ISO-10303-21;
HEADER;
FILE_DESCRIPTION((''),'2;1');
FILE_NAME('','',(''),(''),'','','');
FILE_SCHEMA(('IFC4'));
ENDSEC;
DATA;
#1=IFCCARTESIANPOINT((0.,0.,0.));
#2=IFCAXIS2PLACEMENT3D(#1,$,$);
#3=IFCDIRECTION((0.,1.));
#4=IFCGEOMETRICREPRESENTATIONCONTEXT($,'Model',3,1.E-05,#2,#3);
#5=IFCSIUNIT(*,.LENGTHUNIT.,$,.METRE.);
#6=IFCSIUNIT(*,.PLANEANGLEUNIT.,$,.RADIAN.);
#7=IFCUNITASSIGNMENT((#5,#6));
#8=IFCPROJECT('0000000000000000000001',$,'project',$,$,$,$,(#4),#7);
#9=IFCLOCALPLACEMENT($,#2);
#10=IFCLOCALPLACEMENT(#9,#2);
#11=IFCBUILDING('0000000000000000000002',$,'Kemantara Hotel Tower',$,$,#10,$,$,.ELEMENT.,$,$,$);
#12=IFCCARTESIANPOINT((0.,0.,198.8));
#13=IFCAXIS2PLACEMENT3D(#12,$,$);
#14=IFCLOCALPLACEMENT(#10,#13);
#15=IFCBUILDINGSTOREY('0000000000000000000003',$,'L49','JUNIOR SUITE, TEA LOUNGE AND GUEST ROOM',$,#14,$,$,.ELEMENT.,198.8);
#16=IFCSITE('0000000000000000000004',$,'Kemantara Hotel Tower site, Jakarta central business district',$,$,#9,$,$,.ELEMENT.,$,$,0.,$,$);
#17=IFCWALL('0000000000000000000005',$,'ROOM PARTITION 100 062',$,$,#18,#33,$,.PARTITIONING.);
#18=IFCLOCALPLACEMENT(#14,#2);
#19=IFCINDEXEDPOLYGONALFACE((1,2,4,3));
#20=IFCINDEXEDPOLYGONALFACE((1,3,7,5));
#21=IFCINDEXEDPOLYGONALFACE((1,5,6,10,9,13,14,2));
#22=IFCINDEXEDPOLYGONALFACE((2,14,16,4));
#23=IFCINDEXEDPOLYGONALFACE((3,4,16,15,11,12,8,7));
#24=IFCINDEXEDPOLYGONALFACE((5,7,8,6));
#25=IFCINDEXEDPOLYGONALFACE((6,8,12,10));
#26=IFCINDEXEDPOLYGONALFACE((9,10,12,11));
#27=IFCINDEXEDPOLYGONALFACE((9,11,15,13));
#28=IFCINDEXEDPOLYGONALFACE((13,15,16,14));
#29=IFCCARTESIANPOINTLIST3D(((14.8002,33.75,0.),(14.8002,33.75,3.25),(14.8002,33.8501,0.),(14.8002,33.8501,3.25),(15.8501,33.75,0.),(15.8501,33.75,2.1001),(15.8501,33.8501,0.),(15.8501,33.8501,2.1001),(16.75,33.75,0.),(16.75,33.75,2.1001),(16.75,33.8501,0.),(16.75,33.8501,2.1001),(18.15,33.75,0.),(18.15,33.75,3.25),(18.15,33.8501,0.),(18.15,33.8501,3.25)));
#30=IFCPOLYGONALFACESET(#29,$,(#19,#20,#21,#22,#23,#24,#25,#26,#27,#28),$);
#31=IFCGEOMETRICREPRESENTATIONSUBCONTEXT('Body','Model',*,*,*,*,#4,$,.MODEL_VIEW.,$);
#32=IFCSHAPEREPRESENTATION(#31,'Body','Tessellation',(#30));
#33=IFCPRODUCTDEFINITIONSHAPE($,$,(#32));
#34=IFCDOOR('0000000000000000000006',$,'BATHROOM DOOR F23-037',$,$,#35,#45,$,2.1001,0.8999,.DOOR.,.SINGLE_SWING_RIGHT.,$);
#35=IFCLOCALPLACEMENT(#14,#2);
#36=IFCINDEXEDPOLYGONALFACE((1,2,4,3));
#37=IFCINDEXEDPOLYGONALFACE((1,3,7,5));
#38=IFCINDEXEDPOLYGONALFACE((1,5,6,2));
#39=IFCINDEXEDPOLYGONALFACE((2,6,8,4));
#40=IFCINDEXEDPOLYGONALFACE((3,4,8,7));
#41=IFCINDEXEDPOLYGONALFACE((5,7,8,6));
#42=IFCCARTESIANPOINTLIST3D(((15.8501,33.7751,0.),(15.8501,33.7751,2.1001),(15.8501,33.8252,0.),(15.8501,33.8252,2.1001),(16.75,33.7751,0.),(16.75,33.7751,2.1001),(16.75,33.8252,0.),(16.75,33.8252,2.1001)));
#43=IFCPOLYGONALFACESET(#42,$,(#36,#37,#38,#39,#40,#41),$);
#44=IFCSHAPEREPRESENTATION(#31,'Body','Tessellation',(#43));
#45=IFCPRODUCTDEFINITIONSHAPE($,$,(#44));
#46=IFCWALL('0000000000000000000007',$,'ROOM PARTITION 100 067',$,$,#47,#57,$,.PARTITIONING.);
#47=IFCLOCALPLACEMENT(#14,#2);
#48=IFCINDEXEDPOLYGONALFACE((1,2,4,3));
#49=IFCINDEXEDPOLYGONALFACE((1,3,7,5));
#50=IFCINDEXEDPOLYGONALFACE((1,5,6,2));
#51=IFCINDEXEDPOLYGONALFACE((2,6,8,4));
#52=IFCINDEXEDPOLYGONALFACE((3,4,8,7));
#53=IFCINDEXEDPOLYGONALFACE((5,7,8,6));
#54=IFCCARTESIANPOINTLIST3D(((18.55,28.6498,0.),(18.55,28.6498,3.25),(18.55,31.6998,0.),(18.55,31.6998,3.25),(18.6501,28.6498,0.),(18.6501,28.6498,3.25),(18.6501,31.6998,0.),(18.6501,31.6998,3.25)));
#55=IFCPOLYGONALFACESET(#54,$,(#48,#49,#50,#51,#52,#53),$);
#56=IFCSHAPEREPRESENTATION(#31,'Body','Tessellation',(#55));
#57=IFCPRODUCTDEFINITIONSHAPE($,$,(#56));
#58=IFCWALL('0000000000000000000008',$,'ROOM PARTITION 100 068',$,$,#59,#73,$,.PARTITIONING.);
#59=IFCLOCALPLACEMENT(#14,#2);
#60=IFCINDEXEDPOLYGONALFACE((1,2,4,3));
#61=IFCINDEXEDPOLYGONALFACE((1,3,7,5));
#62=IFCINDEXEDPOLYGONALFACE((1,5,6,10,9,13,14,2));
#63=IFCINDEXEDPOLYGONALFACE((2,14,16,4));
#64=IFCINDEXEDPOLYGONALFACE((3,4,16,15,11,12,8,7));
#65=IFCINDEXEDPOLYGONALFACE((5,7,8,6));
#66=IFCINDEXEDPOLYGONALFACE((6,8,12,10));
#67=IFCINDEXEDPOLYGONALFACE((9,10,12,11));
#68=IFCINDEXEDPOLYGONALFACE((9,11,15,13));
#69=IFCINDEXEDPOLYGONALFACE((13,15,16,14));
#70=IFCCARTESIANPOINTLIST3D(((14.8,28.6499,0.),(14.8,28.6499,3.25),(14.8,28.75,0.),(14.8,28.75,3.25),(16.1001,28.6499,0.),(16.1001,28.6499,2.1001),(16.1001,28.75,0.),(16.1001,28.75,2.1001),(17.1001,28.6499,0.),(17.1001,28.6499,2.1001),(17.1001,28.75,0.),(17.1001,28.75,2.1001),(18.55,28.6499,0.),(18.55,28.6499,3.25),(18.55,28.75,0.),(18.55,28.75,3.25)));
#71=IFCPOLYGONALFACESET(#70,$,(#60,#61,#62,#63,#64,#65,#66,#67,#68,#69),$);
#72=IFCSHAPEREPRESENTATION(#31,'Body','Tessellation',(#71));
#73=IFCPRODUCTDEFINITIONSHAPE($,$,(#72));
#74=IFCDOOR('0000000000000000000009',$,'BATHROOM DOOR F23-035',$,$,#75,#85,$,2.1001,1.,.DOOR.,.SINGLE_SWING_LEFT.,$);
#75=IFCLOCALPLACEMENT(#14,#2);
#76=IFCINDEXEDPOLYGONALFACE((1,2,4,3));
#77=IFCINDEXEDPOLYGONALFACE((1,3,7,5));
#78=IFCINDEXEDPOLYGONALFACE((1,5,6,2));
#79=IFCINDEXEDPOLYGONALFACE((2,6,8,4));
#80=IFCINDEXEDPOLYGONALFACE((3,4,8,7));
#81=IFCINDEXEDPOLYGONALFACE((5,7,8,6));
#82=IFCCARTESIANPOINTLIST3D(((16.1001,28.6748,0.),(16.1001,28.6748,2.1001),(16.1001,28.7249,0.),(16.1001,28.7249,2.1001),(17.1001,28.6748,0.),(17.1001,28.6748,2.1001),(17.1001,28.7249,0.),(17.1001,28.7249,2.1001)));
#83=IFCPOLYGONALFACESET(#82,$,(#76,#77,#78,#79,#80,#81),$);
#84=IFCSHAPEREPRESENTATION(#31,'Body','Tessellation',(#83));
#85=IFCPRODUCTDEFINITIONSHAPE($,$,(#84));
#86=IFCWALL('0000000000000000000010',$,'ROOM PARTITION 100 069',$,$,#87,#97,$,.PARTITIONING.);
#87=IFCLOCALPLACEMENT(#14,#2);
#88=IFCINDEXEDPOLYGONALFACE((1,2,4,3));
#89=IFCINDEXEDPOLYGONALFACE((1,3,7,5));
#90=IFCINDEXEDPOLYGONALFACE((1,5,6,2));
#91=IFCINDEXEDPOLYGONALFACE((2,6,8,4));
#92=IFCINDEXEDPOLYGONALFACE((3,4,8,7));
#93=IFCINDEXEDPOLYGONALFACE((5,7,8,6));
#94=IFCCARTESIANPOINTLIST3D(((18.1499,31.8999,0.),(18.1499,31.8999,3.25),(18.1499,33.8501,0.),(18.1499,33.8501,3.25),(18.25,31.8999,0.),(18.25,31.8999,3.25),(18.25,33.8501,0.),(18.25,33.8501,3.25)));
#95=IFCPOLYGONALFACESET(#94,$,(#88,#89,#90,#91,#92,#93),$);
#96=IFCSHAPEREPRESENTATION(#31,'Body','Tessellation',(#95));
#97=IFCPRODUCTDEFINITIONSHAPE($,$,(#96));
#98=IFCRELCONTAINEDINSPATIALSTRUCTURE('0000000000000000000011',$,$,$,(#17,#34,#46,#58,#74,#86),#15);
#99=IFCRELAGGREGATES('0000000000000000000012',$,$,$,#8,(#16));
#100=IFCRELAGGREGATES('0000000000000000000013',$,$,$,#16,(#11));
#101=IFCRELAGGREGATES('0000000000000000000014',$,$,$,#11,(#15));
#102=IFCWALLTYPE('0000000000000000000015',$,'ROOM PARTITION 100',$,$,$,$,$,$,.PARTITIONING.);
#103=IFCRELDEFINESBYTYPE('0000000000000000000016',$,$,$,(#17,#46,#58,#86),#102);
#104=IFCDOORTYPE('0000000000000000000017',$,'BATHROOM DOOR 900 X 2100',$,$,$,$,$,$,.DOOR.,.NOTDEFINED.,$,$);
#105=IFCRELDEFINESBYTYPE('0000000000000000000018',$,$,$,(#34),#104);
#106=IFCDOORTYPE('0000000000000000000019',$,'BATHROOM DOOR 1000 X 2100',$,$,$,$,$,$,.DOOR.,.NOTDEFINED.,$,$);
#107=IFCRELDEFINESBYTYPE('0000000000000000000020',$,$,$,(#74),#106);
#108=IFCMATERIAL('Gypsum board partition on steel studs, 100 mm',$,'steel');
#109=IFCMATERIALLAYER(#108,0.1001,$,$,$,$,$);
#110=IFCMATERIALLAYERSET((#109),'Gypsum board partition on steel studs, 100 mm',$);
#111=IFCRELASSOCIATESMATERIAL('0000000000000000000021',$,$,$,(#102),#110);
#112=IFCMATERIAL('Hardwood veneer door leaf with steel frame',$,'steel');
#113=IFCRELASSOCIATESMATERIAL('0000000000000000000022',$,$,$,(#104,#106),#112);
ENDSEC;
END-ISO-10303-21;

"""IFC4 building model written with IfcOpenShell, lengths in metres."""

from ifc_helpers import new_model, si_unit, direction, frame, frame_2d, origin, place, context, subcontext, project, spatial, rectangle, extrude, material, layer, layer_set, type_object, element, fill, save


model = new_model("IFC4")

# Units and contexts
model_context = context("Model", 3, precision=1e-05, world=origin(), true_north=direction((0.0, 1.0)))
body_context = subcontext(model_context, "Body", "Model", "MODEL_VIEW")
ifc_project = project(units=[si_unit("LENGTHUNIT", "METRE"), si_unit("PLANEANGLEUNIT", "RADIAN")], contexts=[model_context])

# Site, building, storey
site_placement = place(None, origin())
site = spatial("IfcSite", under=ifc_project, at=site_placement, Name="Kemantara Hotel Tower site, Jakarta central business district", CompositionType="ELEMENT", RefElevation=0.0)
building_placement = place(site_placement, origin())
building = spatial("IfcBuilding", under=site, at=building_placement, Name="Kemantara Hotel Tower", CompositionType="ELEMENT")
storey_placement = place(building_placement, frame((0.0, 0.0, 198.8)))
storey = spatial("IfcBuildingStorey", under=building, at=storey_placement, Name="L49", Description="JUNIOR SUITE, TEA LOUNGE AND GUEST ROOM", CompositionType="ELEMENT", Elevation=198.8)

# Wall, opening, door
ifc_material_1 = material(Name="Gypsum board partition on steel studs, 100 mm", Category="steel")
ifc_layer_1 = layer(ifc_material_1, 0.1001)
ifc_layer_set_1 = layer_set([ifc_layer_1], Name="Gypsum board partition on steel studs, 100 mm")
wall_type_1 = type_object("IfcWallType", Name="ROOM PARTITION 100", PredefinedType="PARTITIONING", material=ifc_layer_set_1)
wall_1_placement = place(storey_placement, frame((18.1499, 33.8, 0.0), z_axis=(0.0, 0.0, 1.0), x_axis=(-1.0, 0.0, 0.0)))
wall_1 = element("IfcWall", 1, at=wall_1_placement, inside=storey, type_object=wall_type_1, Name="ROOM PARTITION 100 062", PredefinedType="PARTITIONING", context=body_context, shape_type="SweptSolid", body=[
    extrude(rectangle(XDim=3.3499, YDim=0.1001, at=frame_2d((1.6748, 0.0))), origin(), (0.0, 0.0, 1.0), 3.25),
])
opening_1_placement = place(wall_1_placement, frame((1.3999, 0.0, 0.0)))
opening_1 = element("IfcOpeningElement", 2, at=opening_1_placement, cuts=wall_1, PredefinedType="OPENING", context=body_context, shape_type="SweptSolid", body=[
    extrude(rectangle(XDim=0.8999, YDim=2.1001, at=frame_2d((0.45, 1.05))), frame((0.0, 0.0601, 0.0), z_axis=(0.0, -1.0, 0.0), x_axis=(1.0, 0.0, 0.0)), (0.0, 0.0, 1.0), 0.1201),
])
ifc_material_2 = material(Name="Hardwood veneer door leaf with steel frame", Category="steel")
door_type_1 = type_object("IfcDoorType", Name="BATHROOM DOOR 900 X 2100", OperationType="NOTDEFINED", PredefinedType="DOOR", material=ifc_material_2)
door_1_placement = place(opening_1_placement, origin())
door_1 = element("IfcDoor", 3, at=door_1_placement, inside=storey, type_object=door_type_1, Name="BATHROOM DOOR F23-037", OperationType="SINGLE_SWING_RIGHT", OverallHeight=2.1001, OverallWidth=0.8999, PredefinedType="DOOR", context=body_context, shape_type="SweptSolid", body=[
    extrude(rectangle(XDim=0.8999, YDim=2.1001, at=frame_2d((0.45, 1.05))), frame((0.0, 0.0249, 0.0), z_axis=(0.0, -1.0, 0.0), x_axis=(1.0, 0.0, 0.0)), (0.0, 0.0, 1.0), 0.05),
])
fill(opening_1, door_1)

# Wall
wall_2_placement = place(storey_placement, frame((18.6001, 28.6499, 0.0), z_axis=(0.0, 0.0, 1.0), x_axis=(0.0, 1.0, 0.0)))
element("IfcWall", 4, at=wall_2_placement, inside=storey, type_object=wall_type_1, Name="ROOM PARTITION 100 067", PredefinedType="PARTITIONING", context=body_context, shape_type="SweptSolid", body=[
    extrude(rectangle(XDim=3.05, YDim=0.1001, at=frame_2d((1.5249, 0.0))), origin(), (0.0, 0.0, 1.0), 3.25),
])

# Wall, opening, door
wall_3_placement = place(storey_placement, frame((14.8, 28.7, 0.0), z_axis=(0.0, 0.0, 1.0), x_axis=(1.0, 0.0, 0.0)))
wall_3 = element("IfcWall", 5, at=wall_3_placement, inside=storey, type_object=wall_type_1, Name="ROOM PARTITION 100 068", PredefinedType="PARTITIONING", context=body_context, shape_type="SweptSolid", body=[
    extrude(rectangle(XDim=3.75, YDim=0.1001, at=frame_2d((1.875, 0.0))), origin(), (0.0, 0.0, 1.0), 3.25),
])
opening_2_placement = place(wall_3_placement, frame((1.3, 0.0, 0.0)))
opening_2 = element("IfcOpeningElement", 6, at=opening_2_placement, cuts=wall_3, PredefinedType="OPENING", context=body_context, shape_type="SweptSolid", body=[
    extrude(rectangle(XDim=1.0, YDim=2.1001, at=frame_2d((0.5, 1.05))), frame((0.0, 0.0601, 0.0), z_axis=(0.0, -1.0, 0.0), x_axis=(1.0, 0.0, 0.0)), (0.0, 0.0, 1.0), 0.1201),
])
door_type_2 = type_object("IfcDoorType", Name="BATHROOM DOOR 1000 X 2100", OperationType="NOTDEFINED", PredefinedType="DOOR", material=ifc_material_2)
door_2_placement = place(opening_2_placement, origin())
door_2 = element("IfcDoor", 7, at=door_2_placement, inside=storey, type_object=door_type_2, Name="BATHROOM DOOR F23-035", OperationType="SINGLE_SWING_LEFT", OverallHeight=2.1001, OverallWidth=1.0, PredefinedType="DOOR", context=body_context, shape_type="SweptSolid", body=[
    extrude(rectangle(XDim=1.0, YDim=2.1001, at=frame_2d((0.5, 1.05))), frame((0.0, 0.0249, 0.0), z_axis=(0.0, -1.0, 0.0), x_axis=(1.0, 0.0, 0.0)), (0.0, 0.0, 1.0), 0.05),
])
fill(opening_2, door_2)

# Wall
wall_4_placement = place(storey_placement, frame((18.2, 31.8999, 0.0), z_axis=(0.0, 0.0, 1.0), x_axis=(0.0, 1.0, 0.0)))
element("IfcWall", 8, at=wall_4_placement, inside=storey, type_object=wall_type_1, Name="ROOM PARTITION 100 069", PredefinedType="PARTITIONING", context=body_context, shape_type="SweptSolid", body=[
    extrude(rectangle(XDim=1.9502, YDim=0.1001, at=frame_2d((0.9751, 0.0))), origin(), (0.0, 0.0, 1.0), 3.25),
])

save(model, "model.ifc")
